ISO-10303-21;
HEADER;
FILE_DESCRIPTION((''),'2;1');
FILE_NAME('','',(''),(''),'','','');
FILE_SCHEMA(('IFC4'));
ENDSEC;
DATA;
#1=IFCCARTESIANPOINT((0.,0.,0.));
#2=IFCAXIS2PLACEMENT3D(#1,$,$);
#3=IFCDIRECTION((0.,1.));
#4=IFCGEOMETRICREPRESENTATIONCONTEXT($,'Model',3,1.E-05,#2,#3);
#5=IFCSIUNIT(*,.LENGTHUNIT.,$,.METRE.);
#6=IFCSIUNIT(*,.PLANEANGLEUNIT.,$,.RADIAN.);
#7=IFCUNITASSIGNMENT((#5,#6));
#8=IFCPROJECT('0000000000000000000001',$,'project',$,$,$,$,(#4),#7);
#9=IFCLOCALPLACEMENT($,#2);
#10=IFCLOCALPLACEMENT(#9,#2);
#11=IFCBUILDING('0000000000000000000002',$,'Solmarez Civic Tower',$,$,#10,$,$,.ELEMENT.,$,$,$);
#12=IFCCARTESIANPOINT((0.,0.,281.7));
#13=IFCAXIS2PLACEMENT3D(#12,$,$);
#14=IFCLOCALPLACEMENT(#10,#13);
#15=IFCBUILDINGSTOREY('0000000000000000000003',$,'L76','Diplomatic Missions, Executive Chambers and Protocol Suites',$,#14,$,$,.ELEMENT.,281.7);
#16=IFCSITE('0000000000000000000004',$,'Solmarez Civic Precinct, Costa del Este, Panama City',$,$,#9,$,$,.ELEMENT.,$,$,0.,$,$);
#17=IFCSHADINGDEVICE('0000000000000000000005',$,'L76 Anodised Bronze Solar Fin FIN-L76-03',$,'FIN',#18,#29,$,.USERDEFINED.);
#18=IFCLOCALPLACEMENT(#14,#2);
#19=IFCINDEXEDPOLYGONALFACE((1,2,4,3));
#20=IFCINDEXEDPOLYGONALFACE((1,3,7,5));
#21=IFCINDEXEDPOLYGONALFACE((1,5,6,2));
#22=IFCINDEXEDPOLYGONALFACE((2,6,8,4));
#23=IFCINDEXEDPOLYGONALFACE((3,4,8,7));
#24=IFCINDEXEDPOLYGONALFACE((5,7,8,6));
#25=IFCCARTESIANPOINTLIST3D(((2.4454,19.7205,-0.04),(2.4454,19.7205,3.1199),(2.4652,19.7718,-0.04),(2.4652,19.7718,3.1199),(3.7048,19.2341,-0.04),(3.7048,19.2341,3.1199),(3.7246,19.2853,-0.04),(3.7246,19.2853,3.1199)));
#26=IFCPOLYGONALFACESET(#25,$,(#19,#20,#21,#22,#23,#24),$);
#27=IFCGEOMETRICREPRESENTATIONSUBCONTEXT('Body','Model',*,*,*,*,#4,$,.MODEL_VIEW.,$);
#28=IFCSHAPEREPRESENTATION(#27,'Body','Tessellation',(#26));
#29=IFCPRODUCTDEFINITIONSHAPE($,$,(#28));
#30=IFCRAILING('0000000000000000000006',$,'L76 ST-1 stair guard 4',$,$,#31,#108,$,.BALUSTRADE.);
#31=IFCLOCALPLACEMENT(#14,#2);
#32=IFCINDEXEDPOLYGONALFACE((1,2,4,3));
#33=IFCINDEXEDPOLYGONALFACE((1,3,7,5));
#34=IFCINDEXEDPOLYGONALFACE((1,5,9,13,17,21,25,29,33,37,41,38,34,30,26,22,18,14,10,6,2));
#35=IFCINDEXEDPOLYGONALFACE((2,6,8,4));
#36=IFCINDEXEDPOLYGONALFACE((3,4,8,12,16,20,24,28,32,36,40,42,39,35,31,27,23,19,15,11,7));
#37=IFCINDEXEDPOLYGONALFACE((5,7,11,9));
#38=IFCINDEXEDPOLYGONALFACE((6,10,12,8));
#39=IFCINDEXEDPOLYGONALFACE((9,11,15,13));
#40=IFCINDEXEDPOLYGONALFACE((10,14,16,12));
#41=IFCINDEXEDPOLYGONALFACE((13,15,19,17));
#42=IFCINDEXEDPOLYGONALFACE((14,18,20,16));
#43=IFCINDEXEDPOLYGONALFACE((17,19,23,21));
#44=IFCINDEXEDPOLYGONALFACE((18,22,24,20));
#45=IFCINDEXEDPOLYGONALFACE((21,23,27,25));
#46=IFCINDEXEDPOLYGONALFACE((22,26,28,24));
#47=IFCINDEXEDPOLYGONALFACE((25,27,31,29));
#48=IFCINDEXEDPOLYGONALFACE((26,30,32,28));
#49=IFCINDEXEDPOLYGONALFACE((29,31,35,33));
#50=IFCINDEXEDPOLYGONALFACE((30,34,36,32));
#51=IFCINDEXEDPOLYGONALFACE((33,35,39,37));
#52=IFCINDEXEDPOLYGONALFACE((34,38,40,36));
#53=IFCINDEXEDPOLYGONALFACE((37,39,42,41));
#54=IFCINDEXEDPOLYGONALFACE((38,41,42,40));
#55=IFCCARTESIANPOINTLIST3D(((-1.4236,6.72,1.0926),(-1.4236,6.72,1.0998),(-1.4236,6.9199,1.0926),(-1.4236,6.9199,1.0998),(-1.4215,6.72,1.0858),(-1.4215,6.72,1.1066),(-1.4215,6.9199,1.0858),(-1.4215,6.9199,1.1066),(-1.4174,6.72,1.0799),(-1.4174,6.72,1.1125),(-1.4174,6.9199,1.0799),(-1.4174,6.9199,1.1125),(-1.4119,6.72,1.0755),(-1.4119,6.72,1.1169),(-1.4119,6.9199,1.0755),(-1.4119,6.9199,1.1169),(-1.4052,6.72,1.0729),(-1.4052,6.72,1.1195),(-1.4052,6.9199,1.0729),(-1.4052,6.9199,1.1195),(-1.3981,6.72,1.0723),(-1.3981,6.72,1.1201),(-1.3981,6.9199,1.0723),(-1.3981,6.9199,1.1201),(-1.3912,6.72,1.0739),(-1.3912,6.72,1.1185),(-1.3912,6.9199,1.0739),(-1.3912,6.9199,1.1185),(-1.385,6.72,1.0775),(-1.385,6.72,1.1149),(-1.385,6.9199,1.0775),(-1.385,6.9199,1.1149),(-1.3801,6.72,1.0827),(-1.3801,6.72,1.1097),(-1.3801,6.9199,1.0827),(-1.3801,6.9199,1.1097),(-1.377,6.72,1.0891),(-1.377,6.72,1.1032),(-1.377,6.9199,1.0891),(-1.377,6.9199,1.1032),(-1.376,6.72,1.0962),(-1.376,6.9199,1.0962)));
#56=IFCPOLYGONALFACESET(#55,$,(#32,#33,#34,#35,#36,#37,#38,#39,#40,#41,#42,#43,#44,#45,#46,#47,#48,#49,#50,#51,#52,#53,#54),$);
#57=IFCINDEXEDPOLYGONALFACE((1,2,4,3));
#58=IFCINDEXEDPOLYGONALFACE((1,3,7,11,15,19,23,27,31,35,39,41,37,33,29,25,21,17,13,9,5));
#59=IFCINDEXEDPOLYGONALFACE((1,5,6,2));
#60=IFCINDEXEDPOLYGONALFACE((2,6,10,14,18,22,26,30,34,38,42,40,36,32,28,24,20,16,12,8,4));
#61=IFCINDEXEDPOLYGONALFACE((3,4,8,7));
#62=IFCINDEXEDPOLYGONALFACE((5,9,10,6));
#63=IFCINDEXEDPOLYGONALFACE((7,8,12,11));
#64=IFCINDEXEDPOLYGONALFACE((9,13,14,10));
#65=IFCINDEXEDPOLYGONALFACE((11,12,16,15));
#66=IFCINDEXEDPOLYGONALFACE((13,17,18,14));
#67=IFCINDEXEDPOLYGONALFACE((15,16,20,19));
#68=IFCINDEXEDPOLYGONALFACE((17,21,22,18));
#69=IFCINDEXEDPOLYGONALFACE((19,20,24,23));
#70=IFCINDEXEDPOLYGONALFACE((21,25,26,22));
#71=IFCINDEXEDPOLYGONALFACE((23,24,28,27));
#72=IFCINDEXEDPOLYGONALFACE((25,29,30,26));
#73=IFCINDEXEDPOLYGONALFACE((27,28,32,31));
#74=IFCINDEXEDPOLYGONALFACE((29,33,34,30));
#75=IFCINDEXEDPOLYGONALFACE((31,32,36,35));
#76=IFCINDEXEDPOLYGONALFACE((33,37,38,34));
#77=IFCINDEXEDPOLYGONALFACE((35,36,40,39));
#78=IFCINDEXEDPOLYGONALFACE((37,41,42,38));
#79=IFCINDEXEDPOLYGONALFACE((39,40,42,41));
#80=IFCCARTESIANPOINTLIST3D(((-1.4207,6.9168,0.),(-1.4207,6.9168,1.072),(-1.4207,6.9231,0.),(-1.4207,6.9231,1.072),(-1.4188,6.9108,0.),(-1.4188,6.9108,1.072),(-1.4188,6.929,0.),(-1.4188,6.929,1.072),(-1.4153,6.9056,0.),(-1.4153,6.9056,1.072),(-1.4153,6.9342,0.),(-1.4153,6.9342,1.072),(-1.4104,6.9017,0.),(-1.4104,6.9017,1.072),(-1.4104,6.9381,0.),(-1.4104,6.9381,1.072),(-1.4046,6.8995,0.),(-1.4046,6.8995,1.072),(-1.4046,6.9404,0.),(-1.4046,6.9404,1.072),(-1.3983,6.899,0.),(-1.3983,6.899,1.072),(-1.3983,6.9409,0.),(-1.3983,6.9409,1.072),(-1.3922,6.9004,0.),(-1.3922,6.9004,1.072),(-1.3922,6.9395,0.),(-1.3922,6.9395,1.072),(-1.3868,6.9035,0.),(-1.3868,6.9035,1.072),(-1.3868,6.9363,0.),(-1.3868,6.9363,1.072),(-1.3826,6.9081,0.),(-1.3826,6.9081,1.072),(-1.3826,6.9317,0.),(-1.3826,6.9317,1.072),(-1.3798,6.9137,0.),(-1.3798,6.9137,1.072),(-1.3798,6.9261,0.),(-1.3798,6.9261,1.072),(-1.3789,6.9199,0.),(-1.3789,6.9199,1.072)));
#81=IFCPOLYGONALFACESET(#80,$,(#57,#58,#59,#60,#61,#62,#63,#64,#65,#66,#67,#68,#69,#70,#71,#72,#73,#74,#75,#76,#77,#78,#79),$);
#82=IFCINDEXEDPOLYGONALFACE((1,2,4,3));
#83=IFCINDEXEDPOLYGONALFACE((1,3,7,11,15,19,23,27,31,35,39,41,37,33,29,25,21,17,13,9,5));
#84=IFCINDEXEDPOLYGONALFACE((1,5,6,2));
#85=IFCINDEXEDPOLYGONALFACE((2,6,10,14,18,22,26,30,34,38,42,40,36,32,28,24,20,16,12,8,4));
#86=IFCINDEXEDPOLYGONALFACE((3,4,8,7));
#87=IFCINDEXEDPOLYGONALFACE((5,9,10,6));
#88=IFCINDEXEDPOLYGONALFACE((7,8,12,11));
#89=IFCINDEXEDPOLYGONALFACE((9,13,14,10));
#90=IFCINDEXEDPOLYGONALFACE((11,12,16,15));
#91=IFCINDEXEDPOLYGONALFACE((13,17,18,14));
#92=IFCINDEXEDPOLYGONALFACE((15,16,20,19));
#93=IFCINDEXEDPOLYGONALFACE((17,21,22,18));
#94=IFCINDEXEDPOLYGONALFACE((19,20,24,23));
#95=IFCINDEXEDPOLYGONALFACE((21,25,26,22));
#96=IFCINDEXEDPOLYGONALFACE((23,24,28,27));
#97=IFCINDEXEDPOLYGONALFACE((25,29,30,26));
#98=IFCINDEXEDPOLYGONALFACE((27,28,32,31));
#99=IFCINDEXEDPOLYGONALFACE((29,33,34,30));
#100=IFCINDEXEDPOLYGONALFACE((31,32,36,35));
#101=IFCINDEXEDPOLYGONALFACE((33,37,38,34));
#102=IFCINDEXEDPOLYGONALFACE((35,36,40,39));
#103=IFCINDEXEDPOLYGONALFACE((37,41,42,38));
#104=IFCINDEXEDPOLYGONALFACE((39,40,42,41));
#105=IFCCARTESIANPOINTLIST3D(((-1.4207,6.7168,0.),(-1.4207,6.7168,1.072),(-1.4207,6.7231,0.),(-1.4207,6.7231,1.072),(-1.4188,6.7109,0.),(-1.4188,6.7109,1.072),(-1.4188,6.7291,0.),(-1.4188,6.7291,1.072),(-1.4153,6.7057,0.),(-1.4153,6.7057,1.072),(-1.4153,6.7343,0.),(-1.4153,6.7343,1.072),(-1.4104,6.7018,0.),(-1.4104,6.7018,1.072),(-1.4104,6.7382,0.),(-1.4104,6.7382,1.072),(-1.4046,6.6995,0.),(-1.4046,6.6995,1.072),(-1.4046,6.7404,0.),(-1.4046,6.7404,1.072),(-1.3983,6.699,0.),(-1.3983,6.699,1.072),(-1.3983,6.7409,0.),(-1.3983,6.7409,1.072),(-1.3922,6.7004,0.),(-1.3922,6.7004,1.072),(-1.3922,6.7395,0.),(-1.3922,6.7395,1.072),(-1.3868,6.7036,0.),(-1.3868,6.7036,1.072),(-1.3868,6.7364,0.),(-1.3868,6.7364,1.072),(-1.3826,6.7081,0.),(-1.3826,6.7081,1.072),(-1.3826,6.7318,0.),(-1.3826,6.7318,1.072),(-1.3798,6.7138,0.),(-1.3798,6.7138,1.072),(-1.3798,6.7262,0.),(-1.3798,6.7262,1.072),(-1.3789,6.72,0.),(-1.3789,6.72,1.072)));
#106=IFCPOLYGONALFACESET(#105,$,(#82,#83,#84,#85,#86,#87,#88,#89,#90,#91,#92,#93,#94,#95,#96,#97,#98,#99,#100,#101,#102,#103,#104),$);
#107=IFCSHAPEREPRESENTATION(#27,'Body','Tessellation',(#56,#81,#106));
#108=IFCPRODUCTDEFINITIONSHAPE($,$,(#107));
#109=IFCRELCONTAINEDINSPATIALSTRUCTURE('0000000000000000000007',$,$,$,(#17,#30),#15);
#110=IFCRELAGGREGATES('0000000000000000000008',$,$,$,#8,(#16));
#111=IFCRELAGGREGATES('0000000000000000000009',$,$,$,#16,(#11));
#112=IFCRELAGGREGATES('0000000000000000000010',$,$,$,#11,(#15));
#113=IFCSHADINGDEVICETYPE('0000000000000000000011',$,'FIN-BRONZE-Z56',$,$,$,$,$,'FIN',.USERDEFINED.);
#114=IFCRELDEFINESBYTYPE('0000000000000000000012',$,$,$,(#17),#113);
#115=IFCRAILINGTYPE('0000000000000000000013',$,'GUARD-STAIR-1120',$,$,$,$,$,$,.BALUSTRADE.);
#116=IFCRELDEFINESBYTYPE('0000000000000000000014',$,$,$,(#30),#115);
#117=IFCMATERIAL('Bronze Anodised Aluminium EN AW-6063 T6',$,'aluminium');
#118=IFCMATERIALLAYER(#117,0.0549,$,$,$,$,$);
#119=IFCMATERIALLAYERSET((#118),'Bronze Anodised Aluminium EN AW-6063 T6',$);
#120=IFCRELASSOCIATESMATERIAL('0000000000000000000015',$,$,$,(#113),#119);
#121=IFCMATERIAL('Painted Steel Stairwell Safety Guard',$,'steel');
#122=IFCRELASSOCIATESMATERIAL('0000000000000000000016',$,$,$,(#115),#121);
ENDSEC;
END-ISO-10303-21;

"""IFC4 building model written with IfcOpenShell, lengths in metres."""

from ifc_helpers import new_model, si_unit, direction, frame, origin, origin_2d, place, context, subcontext, project, spatial, rectangle, circle, extrude, material, layer, layer_set, type_object, element, save


model = new_model("IFC4")

# Units and contexts
model_context = context("Model", 3, precision=1e-05, world=origin(), true_north=direction((0.0, 1.0)))
body_context = subcontext(model_context, "Body", "Model", "MODEL_VIEW")
ifc_project = project(units=[si_unit("LENGTHUNIT", "METRE"), si_unit("PLANEANGLEUNIT", "RADIAN")], contexts=[model_context])

# Site, building, storey
site_placement = place(None, origin())
site = spatial("IfcSite", under=ifc_project, at=site_placement, Name="Solmarez Civic Precinct, Costa del Este, Panama City", CompositionType="ELEMENT", RefElevation=0.0)
building_placement = place(site_placement, origin())
building = spatial("IfcBuilding", under=site, at=building_placement, Name="Solmarez Civic Tower", CompositionType="ELEMENT")
storey_placement = place(building_placement, frame((0.0, 0.0, 281.7)))
storey = spatial("IfcBuildingStorey", under=building, at=storey_placement, Name="L76", Description="Diplomatic Missions, Executive Chambers and Protocol Suites", CompositionType="ELEMENT", Elevation=281.7)

# Shared definitions
ifc_material_1 = material(Name="Bronze Anodised Aluminium EN AW-6063 T6", Category="aluminium")

# Shading device
ifc_layer_1 = layer(ifc_material_1, 0.0549)
ifc_layer_set_1 = layer_set([ifc_layer_1], Name="Bronze Anodised Aluminium EN AW-6063 T6")
shading_device_type = type_object("IfcShadingDeviceType", Name="FIN-BRONZE-Z56", ElementType="FIN", PredefinedType="USERDEFINED", material=ifc_layer_set_1)
shading_device_placement = place(storey_placement, frame((3.085, 19.5029, -0.04), z_axis=(0.0, 0.0, 1.0), x_axis=(-0.932828, 0.360322, 0.0)))
element("IfcShadingDevice", 1, at=shading_device_placement, inside=storey, type_object=shading_device_type, Name="L76 Anodised Bronze Solar Fin FIN-L76-03", ObjectType="FIN", PredefinedType="USERDEFINED", context=body_context, shape_type="SweptSolid", body=[
    extrude(rectangle(XDim=1.3501, YDim=0.0549, at=origin_2d()), origin(), (0.0, 0.0, 1.0), 3.1599),
])

# Railing
ifc_material_2 = material(Name="Painted Steel Stairwell Safety Guard", Category="steel")
railing_type_1 = type_object("IfcRailingType", Name="GUARD-STAIR-1120", PredefinedType="BALUSTRADE", material=ifc_material_2)
railing_1_placement = place(storey_placement, frame((-1.3999, 6.9199, 0.0)))
element("IfcRailing", 2, at=railing_1_placement, inside=storey, type_object=railing_type_1, Name="L76 ST-1 stair guard 4", PredefinedType="BALUSTRADE", context=body_context, shape_type="SweptSolid", body=[
    extrude(circle(Radius=0.0239, at=origin_2d()), frame((0.0, 0.0, 1.0962), z_axis=(0.0, -1.0, 0.0), x_axis=(1.0, 0.0, 0.0)), (0.0, 0.0, 1.0), 0.2),
    extrude(circle(Radius=0.021, at=origin_2d()), origin(), (0.0, 0.0, 1.0), 1.072),
    extrude(circle(Radius=0.021, at=origin_2d()), frame((0.0, -0.2, 0.0)), (0.0, 0.0, 1.0), 1.072),
])

save(model, "model.ifc")
